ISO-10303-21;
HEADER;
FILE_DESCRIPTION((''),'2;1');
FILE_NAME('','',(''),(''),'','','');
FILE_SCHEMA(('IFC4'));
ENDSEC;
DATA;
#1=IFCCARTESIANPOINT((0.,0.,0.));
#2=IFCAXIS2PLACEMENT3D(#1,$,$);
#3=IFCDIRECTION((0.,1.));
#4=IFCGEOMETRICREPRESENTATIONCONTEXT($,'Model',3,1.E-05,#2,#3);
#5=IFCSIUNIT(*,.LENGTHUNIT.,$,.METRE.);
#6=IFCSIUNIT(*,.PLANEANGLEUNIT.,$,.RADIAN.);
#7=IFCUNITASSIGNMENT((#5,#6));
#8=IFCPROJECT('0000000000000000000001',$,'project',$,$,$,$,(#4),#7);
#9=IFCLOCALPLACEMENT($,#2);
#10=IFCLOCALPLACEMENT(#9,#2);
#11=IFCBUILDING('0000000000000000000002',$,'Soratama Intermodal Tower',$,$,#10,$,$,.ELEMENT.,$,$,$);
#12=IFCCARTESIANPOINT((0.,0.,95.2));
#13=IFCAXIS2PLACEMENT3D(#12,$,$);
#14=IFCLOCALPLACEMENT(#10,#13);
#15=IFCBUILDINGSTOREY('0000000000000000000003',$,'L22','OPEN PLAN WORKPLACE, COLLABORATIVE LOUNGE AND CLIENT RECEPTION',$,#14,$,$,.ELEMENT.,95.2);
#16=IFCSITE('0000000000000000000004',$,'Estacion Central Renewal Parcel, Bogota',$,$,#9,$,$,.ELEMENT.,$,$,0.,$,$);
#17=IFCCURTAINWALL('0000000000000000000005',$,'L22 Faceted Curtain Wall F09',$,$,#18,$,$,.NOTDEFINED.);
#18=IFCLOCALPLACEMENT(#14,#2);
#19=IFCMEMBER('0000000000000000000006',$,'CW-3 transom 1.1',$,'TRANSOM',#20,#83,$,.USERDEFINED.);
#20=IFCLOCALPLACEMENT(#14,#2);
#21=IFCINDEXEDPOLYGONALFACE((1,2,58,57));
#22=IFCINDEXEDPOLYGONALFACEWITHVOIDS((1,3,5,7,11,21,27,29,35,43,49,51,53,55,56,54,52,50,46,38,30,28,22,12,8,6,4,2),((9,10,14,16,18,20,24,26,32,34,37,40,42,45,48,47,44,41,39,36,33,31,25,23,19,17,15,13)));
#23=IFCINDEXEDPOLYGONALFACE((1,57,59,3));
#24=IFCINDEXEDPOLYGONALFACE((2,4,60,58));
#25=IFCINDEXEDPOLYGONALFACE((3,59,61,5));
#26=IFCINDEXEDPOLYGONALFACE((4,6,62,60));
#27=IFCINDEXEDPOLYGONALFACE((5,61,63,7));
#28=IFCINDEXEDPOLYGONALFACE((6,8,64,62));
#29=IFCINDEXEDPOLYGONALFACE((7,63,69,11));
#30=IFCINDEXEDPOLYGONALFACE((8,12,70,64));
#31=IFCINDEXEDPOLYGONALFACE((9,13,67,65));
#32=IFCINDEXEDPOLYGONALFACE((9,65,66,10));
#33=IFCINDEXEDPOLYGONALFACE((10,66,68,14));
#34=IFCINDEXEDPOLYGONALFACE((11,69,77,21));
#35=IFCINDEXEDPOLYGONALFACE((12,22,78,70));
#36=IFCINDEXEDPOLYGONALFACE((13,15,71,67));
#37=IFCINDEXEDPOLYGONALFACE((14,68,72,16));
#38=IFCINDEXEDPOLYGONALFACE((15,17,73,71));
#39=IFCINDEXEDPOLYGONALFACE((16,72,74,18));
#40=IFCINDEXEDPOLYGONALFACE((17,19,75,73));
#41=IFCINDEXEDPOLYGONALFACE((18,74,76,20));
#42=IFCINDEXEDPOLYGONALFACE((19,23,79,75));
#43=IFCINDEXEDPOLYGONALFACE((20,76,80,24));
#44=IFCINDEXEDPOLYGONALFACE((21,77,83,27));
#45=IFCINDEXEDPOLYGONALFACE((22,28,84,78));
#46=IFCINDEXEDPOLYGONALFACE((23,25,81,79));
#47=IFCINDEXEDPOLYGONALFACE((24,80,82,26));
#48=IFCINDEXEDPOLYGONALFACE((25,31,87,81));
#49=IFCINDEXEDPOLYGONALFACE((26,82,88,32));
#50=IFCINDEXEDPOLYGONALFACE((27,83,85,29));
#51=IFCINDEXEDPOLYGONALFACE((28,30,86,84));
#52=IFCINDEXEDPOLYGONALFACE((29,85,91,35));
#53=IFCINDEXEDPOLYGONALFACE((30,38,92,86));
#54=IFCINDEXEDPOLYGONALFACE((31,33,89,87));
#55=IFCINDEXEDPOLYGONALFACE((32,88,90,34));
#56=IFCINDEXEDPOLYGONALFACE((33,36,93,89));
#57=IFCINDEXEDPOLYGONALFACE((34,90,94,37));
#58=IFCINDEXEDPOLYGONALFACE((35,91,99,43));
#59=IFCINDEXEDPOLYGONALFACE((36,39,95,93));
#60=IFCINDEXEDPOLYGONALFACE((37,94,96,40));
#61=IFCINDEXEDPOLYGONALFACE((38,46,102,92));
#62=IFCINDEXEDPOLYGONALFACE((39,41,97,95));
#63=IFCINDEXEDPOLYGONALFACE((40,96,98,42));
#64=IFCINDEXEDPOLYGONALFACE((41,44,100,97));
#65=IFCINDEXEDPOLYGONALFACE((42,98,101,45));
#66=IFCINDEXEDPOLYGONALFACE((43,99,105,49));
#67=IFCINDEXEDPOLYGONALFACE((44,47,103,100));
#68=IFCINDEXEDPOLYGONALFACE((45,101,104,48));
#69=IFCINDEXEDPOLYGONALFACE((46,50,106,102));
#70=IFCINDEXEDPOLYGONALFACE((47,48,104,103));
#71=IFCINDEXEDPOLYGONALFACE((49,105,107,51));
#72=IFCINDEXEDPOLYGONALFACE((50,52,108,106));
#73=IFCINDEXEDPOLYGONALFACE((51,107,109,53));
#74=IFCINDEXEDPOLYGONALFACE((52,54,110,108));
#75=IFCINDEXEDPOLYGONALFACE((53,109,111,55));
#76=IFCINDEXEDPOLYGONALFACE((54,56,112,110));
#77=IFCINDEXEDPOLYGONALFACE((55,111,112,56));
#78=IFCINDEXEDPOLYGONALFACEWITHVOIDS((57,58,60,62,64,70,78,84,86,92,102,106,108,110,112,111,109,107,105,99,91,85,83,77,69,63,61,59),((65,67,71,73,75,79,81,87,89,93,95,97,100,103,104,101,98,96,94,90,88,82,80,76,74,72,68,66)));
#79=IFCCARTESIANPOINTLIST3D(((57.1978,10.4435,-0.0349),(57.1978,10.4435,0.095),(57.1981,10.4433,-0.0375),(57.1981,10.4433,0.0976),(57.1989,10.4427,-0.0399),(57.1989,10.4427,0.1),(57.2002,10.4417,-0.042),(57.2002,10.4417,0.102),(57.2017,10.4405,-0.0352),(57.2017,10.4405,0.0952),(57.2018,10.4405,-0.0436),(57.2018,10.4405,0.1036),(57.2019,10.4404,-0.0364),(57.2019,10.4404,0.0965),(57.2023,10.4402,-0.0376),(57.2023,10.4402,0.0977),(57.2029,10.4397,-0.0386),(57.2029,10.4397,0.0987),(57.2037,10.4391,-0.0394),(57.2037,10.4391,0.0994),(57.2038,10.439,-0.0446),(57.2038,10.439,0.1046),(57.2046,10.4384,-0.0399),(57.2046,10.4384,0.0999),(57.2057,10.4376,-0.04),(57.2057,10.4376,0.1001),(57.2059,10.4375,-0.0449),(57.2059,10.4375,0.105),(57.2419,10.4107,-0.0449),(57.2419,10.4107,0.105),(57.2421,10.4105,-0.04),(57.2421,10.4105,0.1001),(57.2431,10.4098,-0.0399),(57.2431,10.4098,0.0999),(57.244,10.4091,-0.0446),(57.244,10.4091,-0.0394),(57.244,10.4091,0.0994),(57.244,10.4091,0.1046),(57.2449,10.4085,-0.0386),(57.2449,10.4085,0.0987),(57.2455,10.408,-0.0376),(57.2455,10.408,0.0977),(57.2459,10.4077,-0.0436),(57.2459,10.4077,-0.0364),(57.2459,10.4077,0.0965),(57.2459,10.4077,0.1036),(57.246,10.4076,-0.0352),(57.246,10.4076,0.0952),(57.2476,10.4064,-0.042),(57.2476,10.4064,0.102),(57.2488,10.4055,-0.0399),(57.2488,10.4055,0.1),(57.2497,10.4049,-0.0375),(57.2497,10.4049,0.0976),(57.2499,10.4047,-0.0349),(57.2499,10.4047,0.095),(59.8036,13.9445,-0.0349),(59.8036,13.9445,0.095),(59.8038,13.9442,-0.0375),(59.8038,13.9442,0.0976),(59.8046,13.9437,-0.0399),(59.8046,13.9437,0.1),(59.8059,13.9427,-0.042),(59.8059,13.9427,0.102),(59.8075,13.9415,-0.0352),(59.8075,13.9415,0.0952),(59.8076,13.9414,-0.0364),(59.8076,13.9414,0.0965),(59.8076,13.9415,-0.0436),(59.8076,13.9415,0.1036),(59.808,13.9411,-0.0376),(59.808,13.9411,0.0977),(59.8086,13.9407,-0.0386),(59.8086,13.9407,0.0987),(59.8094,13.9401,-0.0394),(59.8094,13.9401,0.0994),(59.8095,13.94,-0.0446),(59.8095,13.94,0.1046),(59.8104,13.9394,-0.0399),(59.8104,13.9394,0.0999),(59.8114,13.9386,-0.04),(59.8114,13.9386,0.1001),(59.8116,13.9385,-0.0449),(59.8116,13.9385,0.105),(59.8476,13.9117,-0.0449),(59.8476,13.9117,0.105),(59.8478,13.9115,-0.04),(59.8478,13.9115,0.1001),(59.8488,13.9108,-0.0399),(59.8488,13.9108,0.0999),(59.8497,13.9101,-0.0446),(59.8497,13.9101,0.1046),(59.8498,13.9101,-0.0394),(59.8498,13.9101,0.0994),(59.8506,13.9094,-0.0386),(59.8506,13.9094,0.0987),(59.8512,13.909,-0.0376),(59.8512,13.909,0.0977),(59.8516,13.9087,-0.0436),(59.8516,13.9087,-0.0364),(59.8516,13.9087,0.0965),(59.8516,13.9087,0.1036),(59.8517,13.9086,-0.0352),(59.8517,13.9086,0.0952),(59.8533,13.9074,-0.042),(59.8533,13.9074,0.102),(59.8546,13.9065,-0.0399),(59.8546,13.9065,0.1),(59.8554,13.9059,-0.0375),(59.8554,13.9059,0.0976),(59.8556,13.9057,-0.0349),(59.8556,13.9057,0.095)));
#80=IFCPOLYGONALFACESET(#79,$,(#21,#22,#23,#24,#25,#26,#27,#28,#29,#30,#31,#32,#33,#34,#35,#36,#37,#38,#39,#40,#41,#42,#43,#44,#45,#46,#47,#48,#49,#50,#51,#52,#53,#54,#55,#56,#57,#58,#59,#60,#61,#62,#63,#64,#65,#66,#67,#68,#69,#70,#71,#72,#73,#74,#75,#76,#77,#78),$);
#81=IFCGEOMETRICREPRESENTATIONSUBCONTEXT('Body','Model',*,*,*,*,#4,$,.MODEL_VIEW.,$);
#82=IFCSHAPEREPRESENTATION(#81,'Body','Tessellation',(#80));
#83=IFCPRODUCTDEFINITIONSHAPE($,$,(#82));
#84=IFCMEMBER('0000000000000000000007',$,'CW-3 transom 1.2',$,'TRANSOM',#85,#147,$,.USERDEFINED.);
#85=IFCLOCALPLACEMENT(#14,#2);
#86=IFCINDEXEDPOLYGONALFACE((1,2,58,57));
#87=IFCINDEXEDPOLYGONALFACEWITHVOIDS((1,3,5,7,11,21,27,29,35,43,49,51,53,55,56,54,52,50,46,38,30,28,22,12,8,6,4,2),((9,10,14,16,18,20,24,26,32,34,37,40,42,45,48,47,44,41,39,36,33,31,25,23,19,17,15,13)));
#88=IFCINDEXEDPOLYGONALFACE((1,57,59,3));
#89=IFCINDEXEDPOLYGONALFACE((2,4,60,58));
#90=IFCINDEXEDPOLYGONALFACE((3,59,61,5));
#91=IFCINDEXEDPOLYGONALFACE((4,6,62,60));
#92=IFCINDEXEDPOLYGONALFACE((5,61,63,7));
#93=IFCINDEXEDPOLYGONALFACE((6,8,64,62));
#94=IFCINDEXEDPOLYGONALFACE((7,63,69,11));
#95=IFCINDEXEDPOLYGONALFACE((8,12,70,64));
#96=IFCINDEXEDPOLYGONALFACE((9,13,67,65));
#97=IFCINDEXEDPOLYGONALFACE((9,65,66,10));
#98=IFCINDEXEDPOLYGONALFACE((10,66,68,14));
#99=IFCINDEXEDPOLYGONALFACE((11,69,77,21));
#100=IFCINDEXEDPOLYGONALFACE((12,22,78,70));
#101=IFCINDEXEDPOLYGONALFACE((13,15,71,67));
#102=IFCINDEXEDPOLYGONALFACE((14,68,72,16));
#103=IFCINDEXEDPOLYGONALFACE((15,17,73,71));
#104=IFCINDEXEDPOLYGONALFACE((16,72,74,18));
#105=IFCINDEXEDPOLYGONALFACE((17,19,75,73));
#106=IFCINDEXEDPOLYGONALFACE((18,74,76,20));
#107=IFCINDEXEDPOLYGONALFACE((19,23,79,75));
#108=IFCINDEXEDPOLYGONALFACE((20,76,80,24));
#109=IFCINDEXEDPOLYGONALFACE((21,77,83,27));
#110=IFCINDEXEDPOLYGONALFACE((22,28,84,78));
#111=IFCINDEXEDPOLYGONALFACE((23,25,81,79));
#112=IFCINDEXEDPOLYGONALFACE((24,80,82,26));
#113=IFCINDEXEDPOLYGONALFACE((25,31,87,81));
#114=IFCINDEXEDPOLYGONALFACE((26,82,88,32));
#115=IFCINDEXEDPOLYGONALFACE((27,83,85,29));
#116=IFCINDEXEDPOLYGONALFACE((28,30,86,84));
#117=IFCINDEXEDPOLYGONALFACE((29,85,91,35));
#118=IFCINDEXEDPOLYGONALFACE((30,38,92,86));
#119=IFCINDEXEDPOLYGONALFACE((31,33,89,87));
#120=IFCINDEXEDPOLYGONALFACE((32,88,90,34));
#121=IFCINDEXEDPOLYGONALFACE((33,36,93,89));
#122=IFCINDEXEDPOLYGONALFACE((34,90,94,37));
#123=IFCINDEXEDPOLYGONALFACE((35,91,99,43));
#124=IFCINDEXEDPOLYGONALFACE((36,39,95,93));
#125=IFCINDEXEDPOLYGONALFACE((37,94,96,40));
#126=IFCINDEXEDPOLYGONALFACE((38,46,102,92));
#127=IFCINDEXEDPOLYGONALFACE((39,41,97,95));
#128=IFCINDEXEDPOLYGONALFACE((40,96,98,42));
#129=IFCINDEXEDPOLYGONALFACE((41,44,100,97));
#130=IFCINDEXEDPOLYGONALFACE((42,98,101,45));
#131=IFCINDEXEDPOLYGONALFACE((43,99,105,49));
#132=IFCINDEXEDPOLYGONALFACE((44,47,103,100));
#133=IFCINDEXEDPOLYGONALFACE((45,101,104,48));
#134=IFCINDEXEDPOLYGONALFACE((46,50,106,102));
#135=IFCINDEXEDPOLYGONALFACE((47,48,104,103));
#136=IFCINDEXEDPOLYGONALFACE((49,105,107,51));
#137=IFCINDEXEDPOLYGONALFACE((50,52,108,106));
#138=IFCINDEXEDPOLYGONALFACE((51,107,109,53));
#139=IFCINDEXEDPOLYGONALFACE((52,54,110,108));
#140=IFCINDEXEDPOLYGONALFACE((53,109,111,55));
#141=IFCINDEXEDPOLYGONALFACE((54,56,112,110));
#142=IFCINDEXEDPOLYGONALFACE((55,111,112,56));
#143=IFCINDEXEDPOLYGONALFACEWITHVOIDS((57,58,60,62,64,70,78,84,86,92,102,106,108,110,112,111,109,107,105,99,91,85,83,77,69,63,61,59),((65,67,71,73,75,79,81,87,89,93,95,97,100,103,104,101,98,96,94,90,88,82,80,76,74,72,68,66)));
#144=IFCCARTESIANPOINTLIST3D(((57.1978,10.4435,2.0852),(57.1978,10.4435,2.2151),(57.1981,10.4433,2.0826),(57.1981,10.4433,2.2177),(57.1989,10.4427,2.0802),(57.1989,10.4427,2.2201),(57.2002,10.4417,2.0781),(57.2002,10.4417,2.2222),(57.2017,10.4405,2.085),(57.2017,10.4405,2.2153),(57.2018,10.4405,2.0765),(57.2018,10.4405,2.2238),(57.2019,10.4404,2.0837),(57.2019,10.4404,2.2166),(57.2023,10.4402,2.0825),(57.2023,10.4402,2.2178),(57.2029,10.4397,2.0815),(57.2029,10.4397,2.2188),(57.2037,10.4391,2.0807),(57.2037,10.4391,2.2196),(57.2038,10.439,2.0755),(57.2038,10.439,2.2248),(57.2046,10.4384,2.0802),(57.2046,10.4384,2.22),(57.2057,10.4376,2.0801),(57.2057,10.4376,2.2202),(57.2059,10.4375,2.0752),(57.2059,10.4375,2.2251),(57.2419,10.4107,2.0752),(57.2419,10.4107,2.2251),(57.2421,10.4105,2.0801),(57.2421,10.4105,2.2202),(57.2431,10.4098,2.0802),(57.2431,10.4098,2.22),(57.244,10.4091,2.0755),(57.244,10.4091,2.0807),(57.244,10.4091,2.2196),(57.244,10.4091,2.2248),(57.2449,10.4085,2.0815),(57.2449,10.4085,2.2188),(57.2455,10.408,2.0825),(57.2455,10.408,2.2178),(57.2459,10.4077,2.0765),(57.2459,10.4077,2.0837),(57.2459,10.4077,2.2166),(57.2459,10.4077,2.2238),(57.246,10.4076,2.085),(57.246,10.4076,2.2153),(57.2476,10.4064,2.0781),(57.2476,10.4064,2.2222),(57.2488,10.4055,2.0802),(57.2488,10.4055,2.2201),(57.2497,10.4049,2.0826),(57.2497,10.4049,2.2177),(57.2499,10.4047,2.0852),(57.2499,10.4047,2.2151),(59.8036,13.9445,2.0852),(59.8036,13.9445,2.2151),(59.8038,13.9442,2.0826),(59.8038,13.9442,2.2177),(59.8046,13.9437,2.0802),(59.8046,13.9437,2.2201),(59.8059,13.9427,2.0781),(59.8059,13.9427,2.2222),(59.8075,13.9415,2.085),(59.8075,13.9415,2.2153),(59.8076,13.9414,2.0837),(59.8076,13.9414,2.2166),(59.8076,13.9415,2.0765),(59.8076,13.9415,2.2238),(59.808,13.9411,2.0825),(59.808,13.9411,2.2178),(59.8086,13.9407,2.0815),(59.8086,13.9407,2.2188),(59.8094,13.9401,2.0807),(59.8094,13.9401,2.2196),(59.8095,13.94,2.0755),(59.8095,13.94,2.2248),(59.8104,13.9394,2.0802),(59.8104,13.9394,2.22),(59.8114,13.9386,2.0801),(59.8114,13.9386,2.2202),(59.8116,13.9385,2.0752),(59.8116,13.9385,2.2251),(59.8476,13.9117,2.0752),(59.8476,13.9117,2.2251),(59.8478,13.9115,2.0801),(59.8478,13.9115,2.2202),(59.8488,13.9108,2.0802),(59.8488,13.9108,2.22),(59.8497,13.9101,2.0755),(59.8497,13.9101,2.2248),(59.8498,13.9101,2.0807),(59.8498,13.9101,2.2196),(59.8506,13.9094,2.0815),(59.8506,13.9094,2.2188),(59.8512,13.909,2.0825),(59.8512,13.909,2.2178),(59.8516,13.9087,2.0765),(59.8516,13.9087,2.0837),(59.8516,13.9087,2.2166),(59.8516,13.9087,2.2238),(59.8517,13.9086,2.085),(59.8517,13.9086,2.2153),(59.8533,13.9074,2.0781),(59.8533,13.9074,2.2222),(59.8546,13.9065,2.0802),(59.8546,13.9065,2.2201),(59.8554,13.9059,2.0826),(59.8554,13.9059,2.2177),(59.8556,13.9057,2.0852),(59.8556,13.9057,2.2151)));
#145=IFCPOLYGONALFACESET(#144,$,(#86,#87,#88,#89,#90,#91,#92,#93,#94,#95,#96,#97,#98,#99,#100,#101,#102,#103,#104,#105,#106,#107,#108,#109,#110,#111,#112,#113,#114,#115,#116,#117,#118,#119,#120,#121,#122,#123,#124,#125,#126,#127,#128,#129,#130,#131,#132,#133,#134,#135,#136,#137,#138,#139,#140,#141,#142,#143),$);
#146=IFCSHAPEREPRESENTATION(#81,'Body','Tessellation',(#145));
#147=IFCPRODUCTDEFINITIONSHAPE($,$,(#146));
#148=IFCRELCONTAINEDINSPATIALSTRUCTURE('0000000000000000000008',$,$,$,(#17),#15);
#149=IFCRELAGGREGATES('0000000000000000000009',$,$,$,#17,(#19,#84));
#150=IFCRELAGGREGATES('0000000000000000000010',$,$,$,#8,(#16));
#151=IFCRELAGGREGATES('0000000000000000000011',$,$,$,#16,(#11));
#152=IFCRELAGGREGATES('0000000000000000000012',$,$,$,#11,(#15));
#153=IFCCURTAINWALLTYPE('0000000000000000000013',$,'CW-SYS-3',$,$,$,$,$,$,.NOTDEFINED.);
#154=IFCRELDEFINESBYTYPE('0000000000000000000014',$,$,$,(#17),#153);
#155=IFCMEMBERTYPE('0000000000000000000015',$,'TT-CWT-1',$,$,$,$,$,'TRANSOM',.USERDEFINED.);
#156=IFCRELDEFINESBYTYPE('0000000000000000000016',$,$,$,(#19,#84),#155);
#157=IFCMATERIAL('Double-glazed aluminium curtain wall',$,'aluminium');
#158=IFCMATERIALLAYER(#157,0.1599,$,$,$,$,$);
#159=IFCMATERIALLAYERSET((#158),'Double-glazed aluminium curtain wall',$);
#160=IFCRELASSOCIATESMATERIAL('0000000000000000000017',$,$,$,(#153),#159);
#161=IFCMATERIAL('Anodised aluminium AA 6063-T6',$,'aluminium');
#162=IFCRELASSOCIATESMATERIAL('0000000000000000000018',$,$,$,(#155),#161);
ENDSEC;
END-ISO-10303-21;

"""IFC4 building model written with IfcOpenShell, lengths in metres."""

from ifc_helpers import new_model, si_unit, direction, frame, origin, origin_2d, place, context, subcontext, project, spatial, hollow_rectangle, extrude, material, layer, layer_set, material_profile, profile_set, type_object, element, aggregate, save


model = new_model("IFC4")

# Units and contexts
model_context = context("Model", 3, precision=1e-05, world=origin(), true_north=direction((0.0, 1.0)))
body_context = subcontext(model_context, "Body", "Model", "MODEL_VIEW")
ifc_project = project(units=[si_unit("LENGTHUNIT", "METRE"), si_unit("PLANEANGLEUNIT", "RADIAN")], contexts=[model_context])

# Site, building, storey
site_placement = place(None, origin())
site = spatial("IfcSite", under=ifc_project, at=site_placement, Name="Estacion Central Renewal Parcel, Bogota", CompositionType="ELEMENT", RefElevation=0.0)
building_placement = place(site_placement, origin())
building = spatial("IfcBuilding", under=site, at=building_placement, Name="Soratama Intermodal Tower", CompositionType="ELEMENT")
storey_placement = place(building_placement, frame((0.0, 0.0, 95.2)))
storey = spatial("IfcBuildingStorey", under=building, at=storey_placement, Name="L22", Description="OPEN PLAN WORKPLACE, COLLABORATIVE LOUNGE AND CLIENT RECEPTION", CompositionType="ELEMENT", Elevation=95.2)

# Curtain wall, members
ifc_material_1 = material(Name="Double-glazed aluminium curtain wall", Category="aluminium")
ifc_layer_1 = layer(ifc_material_1, 0.1599)
ifc_layer_set_1 = layer_set([ifc_layer_1], Name="Double-glazed aluminium curtain wall")
curtain_wall_type = type_object("IfcCurtainWallType", Name="CW-SYS-3", PredefinedType="NOTDEFINED", material=ifc_layer_set_1)
curtain_wall_placement = place(storey_placement, origin())
curtain_wall = element("IfcCurtainWall", 1, at=curtain_wall_placement, inside=storey, type_object=curtain_wall_type, Name="L22 Faceted Curtain Wall F09", PredefinedType="NOTDEFINED")
ifc_material_2 = material(Name="Anodised aluminium AA 6063-T6", Category="aluminium")
ifc_material_profile_1 = material_profile(ifc_material_2, hollow_rectangle(XDim=0.0649, YDim=0.1499, WallThickness=0.0049, InnerFilletRadius=0.0049, OuterFilletRadius=0.01, at=origin_2d()), Name="CWT150X65X5")
ifc_profile_set_1 = profile_set([ifc_material_profile_1], Name="Anodised aluminium AA 6063-T6")
member_type_1 = type_object("IfcMemberType", Name="TT-CWT-1", ElementType="TRANSOM", PredefinedType="USERDEFINED", material=ifc_profile_set_1)
member_1_placement = place(storey_placement, frame((57.2239, 10.4241, 0.03), z_axis=(0.59706, 0.802196, 0.0), x_axis=(-0.802196, 0.59706, 0.0)))
member_1 = element("IfcMember", 2, at=member_1_placement, type_object=member_type_1, Name="CW-3 transom 1.1", ObjectType="TRANSOM", PredefinedType="USERDEFINED", context=body_context, shape_type="SweptSolid", body=[
    extrude(hollow_rectangle(XDim=0.0649, YDim=0.1499, WallThickness=0.0049, InnerFilletRadius=0.0049, OuterFilletRadius=0.01, at=origin_2d()), origin(), (0.0, 0.0, 1.0), 4.3643),
])
member_2_placement = place(storey_placement, frame((57.2239, 10.4241, 2.1501), z_axis=(0.59706, 0.802196, 0.0), x_axis=(-0.802196, 0.59706, 0.0)))
member_2 = element("IfcMember", 3, at=member_2_placement, type_object=member_type_1, Name="CW-3 transom 1.2", ObjectType="TRANSOM", PredefinedType="USERDEFINED", context=body_context, shape_type="SweptSolid", body=[
    extrude(hollow_rectangle(XDim=0.0649, YDim=0.1499, WallThickness=0.0049, InnerFilletRadius=0.0049, OuterFilletRadius=0.01, at=origin_2d()), origin(), (0.0, 0.0, 1.0), 4.3643),
])
aggregate(curtain_wall, [member_1, member_2])

save(model, "model.ifc")
